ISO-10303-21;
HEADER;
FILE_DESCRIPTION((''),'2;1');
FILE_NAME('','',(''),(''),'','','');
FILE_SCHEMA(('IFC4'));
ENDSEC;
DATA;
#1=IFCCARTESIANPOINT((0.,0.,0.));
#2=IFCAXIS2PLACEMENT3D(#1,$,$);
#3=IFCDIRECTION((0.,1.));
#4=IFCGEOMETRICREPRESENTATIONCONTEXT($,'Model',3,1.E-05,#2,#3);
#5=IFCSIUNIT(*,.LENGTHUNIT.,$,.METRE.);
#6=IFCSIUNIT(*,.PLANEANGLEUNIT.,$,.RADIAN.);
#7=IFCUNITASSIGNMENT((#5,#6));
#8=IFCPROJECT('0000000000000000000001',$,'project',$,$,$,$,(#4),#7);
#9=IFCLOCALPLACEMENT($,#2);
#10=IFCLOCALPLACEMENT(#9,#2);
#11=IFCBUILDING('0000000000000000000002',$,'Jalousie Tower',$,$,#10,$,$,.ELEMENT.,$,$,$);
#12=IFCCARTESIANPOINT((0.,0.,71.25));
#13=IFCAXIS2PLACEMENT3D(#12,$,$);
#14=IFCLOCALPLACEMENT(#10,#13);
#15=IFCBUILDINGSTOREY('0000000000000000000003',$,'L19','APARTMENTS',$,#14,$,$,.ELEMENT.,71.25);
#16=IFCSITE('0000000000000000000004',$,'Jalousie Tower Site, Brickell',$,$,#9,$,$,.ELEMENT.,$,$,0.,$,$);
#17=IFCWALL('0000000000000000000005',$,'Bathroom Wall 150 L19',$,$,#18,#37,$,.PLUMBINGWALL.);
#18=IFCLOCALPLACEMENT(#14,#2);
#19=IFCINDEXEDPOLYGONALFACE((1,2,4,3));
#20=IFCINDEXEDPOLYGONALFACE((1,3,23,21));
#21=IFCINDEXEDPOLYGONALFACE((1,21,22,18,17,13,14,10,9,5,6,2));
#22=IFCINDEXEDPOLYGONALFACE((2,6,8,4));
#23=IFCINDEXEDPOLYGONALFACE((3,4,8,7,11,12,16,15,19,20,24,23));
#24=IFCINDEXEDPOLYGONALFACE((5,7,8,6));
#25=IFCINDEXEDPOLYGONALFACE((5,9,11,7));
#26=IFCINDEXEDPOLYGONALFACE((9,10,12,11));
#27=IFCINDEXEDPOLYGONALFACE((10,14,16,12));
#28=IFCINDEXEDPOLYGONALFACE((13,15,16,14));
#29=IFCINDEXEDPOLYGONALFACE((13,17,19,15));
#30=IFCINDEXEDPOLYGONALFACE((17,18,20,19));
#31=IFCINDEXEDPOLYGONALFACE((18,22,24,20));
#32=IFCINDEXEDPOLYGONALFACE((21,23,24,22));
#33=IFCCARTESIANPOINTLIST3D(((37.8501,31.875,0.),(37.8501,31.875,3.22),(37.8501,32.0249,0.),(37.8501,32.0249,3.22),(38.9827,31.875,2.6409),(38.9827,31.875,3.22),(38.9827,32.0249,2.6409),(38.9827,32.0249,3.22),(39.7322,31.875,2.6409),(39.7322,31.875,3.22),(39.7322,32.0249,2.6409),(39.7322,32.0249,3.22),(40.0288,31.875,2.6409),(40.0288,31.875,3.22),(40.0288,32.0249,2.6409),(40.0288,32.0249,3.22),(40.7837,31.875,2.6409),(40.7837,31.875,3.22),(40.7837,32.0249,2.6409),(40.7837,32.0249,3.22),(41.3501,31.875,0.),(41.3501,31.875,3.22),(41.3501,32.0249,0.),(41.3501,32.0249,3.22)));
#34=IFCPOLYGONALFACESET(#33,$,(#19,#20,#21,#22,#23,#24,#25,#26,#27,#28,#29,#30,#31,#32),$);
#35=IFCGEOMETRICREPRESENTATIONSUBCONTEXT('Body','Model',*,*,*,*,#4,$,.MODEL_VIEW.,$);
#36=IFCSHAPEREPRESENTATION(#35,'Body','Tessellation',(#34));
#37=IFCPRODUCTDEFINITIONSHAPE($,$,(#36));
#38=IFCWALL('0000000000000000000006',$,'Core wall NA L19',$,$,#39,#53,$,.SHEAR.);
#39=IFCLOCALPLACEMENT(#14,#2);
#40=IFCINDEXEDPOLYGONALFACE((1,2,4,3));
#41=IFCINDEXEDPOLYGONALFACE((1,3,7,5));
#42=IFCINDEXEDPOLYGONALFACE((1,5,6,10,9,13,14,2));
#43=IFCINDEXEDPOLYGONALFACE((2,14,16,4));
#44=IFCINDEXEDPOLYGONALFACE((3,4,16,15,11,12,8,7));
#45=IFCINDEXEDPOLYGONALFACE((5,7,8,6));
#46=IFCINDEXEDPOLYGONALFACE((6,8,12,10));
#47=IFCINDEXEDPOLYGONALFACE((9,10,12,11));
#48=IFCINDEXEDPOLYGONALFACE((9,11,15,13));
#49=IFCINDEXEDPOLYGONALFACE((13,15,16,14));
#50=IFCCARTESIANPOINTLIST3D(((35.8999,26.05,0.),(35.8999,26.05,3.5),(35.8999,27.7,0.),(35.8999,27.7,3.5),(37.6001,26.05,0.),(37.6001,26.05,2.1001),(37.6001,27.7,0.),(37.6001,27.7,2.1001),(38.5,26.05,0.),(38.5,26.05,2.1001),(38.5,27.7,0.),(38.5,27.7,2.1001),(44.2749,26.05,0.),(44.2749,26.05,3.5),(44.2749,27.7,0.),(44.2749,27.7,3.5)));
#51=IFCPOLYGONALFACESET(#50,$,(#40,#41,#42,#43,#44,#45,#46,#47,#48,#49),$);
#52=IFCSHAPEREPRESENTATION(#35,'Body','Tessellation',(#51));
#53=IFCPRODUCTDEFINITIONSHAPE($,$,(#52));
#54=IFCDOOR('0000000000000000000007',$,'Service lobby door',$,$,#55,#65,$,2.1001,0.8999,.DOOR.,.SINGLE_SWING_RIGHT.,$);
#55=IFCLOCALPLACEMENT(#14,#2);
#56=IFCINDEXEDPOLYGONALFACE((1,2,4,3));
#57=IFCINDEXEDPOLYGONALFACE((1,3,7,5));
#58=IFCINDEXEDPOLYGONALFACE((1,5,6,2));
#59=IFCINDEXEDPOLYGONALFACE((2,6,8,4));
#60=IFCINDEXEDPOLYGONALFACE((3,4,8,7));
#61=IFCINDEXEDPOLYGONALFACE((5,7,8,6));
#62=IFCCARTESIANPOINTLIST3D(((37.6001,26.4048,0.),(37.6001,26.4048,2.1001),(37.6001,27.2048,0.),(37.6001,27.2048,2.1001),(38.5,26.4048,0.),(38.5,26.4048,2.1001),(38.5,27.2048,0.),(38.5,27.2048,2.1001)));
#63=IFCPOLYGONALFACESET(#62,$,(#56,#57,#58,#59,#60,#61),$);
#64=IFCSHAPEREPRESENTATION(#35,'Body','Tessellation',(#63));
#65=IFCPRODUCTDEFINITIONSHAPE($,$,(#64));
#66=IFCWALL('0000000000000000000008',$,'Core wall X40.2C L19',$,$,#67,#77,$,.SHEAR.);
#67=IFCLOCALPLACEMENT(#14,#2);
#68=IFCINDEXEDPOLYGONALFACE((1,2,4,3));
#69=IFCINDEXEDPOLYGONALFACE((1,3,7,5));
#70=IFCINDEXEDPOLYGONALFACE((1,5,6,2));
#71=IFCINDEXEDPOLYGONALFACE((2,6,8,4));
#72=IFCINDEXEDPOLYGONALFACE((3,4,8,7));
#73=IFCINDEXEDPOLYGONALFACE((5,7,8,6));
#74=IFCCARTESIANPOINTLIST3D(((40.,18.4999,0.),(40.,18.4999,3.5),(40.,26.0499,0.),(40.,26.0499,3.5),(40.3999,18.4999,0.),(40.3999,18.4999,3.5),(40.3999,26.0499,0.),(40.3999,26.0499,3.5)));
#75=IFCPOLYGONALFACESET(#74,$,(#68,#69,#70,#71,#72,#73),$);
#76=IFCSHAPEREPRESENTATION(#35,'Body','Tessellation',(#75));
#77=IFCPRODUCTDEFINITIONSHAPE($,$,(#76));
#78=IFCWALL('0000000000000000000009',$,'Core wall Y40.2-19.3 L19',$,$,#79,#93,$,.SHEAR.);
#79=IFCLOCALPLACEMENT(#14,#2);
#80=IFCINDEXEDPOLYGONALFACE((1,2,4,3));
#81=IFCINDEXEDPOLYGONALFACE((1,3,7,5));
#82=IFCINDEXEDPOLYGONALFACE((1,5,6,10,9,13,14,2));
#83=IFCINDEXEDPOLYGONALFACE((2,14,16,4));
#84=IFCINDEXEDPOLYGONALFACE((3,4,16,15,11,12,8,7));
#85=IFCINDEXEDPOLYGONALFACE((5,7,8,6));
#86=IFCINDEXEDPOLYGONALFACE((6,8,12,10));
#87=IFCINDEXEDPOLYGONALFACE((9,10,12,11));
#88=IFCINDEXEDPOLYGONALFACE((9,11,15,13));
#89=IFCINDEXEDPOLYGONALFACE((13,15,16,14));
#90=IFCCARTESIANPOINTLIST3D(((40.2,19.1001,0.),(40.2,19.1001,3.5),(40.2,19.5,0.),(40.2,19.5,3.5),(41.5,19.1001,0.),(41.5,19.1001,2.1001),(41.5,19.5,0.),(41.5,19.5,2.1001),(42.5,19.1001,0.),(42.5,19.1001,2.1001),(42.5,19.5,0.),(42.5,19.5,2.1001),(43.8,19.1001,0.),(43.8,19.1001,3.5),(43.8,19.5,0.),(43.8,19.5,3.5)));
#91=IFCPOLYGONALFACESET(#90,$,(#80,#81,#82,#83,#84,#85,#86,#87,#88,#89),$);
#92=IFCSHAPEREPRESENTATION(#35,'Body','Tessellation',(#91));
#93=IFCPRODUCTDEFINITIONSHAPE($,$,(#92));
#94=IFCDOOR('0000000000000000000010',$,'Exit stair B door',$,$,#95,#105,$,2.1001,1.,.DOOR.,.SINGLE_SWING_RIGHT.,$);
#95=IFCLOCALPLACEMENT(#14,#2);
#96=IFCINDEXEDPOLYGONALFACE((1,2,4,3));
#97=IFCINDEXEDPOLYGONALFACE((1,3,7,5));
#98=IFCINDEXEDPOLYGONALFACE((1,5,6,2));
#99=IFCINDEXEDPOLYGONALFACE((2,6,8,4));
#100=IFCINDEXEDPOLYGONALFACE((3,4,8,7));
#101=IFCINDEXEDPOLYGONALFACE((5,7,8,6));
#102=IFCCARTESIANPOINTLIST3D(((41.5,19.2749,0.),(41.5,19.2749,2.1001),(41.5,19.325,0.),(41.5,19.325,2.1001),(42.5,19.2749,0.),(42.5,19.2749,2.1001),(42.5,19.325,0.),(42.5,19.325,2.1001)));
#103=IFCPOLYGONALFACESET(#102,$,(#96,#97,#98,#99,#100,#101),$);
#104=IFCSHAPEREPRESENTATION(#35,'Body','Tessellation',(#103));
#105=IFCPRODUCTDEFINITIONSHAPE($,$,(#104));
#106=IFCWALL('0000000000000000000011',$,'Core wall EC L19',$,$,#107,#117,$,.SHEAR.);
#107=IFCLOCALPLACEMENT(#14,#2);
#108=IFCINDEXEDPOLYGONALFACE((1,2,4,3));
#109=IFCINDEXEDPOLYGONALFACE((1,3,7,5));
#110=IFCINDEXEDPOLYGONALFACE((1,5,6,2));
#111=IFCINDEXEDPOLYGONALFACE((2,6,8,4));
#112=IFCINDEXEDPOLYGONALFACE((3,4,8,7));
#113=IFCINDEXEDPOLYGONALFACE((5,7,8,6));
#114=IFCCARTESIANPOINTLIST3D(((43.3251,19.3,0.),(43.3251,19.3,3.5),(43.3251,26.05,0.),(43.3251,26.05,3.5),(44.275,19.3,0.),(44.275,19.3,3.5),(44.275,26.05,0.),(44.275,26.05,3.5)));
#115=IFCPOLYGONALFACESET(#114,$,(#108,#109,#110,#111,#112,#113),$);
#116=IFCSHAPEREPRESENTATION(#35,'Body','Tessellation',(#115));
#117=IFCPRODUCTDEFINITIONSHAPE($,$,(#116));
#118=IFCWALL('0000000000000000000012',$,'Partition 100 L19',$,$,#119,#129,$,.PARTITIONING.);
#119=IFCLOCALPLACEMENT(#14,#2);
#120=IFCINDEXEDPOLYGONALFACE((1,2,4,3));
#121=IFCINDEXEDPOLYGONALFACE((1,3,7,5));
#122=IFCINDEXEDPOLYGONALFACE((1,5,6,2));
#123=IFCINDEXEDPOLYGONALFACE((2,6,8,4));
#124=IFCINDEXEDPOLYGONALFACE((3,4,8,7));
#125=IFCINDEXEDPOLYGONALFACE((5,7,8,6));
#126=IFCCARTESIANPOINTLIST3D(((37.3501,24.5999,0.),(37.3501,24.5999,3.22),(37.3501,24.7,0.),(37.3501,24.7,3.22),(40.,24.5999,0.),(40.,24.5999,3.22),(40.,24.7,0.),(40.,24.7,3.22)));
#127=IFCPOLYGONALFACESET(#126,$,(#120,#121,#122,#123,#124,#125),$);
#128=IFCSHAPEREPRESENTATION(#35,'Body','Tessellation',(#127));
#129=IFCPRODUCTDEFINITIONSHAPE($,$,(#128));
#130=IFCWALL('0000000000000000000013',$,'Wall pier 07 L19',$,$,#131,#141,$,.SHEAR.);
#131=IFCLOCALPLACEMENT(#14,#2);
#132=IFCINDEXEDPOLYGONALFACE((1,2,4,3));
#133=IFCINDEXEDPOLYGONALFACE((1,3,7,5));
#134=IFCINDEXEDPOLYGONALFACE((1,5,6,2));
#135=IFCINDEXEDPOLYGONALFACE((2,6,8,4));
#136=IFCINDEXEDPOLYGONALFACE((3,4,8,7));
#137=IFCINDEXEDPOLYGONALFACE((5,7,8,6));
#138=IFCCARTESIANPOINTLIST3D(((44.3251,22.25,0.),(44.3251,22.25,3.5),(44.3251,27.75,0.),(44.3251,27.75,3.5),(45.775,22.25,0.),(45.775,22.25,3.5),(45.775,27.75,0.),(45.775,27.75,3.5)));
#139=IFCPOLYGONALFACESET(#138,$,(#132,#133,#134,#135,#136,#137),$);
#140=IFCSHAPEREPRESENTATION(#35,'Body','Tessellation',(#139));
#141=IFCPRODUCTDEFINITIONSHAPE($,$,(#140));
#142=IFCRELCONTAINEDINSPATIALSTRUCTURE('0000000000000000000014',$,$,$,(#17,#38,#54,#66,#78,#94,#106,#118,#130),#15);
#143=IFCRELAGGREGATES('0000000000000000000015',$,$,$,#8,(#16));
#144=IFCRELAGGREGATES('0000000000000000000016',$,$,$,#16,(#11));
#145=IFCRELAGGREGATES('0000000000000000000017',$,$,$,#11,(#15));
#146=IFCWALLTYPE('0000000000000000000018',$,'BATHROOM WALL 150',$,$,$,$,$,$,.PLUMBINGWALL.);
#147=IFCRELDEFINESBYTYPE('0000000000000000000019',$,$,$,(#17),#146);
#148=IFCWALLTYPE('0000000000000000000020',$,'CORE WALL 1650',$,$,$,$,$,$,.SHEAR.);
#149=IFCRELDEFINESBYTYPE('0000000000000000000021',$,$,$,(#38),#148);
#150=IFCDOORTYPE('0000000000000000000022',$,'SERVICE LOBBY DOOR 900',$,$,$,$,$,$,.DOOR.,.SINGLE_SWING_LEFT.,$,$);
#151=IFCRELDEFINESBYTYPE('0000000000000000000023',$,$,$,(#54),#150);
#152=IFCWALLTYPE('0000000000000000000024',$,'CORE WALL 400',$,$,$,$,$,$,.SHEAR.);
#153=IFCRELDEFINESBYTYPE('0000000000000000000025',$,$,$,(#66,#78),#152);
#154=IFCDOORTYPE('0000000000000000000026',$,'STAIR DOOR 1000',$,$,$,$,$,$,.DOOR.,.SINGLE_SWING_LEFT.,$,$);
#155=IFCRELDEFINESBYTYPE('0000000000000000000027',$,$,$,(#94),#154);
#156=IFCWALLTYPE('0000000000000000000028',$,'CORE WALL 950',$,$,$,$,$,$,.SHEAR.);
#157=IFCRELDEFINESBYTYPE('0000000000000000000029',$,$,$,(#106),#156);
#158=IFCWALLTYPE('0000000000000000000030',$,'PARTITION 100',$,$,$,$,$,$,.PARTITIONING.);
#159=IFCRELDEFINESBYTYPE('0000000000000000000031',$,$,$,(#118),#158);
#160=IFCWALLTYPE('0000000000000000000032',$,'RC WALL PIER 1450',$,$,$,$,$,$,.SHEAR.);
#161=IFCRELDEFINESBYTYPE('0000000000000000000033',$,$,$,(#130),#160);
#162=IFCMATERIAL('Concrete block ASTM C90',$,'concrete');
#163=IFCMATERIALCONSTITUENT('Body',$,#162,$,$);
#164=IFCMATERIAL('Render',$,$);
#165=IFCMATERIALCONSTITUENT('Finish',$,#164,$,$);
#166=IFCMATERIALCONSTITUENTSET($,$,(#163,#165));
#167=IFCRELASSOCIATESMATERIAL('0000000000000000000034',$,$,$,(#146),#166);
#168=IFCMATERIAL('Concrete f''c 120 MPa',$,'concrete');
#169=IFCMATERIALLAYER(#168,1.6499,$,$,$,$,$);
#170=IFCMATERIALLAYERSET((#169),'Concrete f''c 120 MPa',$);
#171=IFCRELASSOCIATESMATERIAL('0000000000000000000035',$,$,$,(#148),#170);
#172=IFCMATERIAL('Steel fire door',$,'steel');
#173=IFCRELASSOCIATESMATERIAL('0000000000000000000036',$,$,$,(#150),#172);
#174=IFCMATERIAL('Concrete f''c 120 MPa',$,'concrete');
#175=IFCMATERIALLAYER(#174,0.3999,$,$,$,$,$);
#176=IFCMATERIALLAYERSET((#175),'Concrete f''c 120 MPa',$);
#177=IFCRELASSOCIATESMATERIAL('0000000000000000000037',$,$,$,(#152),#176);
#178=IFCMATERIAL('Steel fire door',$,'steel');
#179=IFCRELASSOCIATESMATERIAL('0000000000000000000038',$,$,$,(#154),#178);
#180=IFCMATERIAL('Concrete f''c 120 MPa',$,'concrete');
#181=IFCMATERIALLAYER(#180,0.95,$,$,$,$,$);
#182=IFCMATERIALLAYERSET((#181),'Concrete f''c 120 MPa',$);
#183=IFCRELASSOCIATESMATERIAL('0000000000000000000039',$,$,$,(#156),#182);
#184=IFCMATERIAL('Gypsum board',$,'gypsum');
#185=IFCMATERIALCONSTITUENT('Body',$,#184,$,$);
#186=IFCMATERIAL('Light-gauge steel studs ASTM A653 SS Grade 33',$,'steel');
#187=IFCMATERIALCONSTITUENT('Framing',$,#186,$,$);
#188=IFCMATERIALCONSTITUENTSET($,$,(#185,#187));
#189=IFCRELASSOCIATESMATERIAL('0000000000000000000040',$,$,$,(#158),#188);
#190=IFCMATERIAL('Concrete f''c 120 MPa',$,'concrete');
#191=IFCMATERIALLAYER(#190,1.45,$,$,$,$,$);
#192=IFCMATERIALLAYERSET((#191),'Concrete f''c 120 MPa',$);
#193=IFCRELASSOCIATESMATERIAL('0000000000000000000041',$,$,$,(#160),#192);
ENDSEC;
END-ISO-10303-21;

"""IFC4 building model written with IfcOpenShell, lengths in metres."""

from ifc_helpers import new_model, si_unit, direction, frame, frame_2d, origin, place, context, subcontext, project, spatial, polyline, rectangle, outline, extrude, material, layer, layer_set, constituent, constituent_set, type_object, element, fill, save


model = new_model("IFC4")

# Units and contexts
model_context = context("Model", 3, precision=1e-05, world=origin(), true_north=direction((0.0, 1.0)))
body_context = subcontext(model_context, "Body", "Model", "MODEL_VIEW")
ifc_project = project(units=[si_unit("LENGTHUNIT", "METRE"), si_unit("PLANEANGLEUNIT", "RADIAN")], contexts=[model_context])

# Site, building, storey
site_placement = place(None, origin())
site = spatial("IfcSite", under=ifc_project, at=site_placement, Name="Jalousie Tower Site, Brickell", CompositionType="ELEMENT", RefElevation=0.0)
building_placement = place(site_placement, origin())
building = spatial("IfcBuilding", under=site, at=building_placement, Name="Jalousie Tower", CompositionType="ELEMENT")
storey_placement = place(building_placement, frame((0.0, 0.0, 71.25)))
storey = spatial("IfcBuildingStorey", under=building, at=storey_placement, Name="L19", Description="APARTMENTS", CompositionType="ELEMENT", Elevation=71.25)

# Wall
ifc_material_1 = material(Name="Concrete block ASTM C90", Category="concrete")
ifc_constituent_1 = constituent(ifc_material_1, Name="Body")
ifc_material_2 = material(Name="Render")
ifc_constituent_2 = constituent(ifc_material_2, Name="Finish")
ifc_constituent_set_1 = constituent_set(constituents=[ifc_constituent_1, ifc_constituent_2])
wall_type_1 = type_object("IfcWallType", Name="BATHROOM WALL 150", PredefinedType="PLUMBINGWALL", material=ifc_constituent_set_1)
wall_1_placement = place(storey_placement, frame((37.8501, 31.95, 0.0), z_axis=(0.0, 0.0, 1.0), x_axis=(1.0, 0.0, 0.0)))
element("IfcWall", 1, at=wall_1_placement, inside=storey, type_object=wall_type_1, Name="Bathroom Wall 150 L19", PredefinedType="PLUMBINGWALL", context=body_context, shape_type="SweptSolid", body=[
    extrude(outline(polyline([(0.0, 0.0), (3.5, 0.0), (3.5, 3.22), (2.9336, 3.22), (2.9336, 2.6409), (2.1787, 2.6409), (2.1787, 3.22), (1.8821, 3.22), (1.8821, 2.6409), (1.1326, 2.6409), (1.1326, 3.22), (0.0, 3.22), (0.0, 0.0)])), frame((0.0, 0.075, 0.0), z_axis=(0.0, -1.0, 0.0), x_axis=(1.0, 0.0, 0.0)), (0.0, 0.0, 1.0), 0.1499),
])

# Wall, opening, door
ifc_material_3 = material(Name="Concrete f'c 120 MPa", Category="concrete")
ifc_layer_1 = layer(ifc_material_3, 1.6499)
ifc_layer_set_1 = layer_set([ifc_layer_1], Name="Concrete f'c 120 MPa")
wall_type_2 = type_object("IfcWallType", Name="CORE WALL 1650", PredefinedType="SHEAR", material=ifc_layer_set_1)
wall_2_placement = place(storey_placement, frame((44.2749, 26.875, 0.0), z_axis=(0.0, 0.0, 1.0), x_axis=(-1.0, 0.0, 0.0)))
wall_2 = element("IfcWall", 2, at=wall_2_placement, inside=storey, type_object=wall_type_2, Name="Core wall NA L19", PredefinedType="SHEAR", context=body_context, shape_type="SweptSolid", body=[
    extrude(rectangle(XDim=8.375, YDim=1.6499, at=frame_2d((4.1875, 0.0))), origin(), (0.0, 0.0, 1.0), 3.5),
])
opening_1_placement = place(wall_2_placement, frame((5.7749, 0.0, 0.0)))
opening_1 = element("IfcOpeningElement", 3, at=opening_1_placement, cuts=wall_2, PredefinedType="OPENING", context=body_context, shape_type="SweptSolid", body=[
    extrude(rectangle(XDim=0.8999, YDim=2.1001, at=frame_2d((0.45, 1.05))), frame((0.0, 0.835, 0.0), z_axis=(0.0, -1.0, 0.0), x_axis=(1.0, 0.0, 0.0)), (0.0, 0.0, 1.0), 1.6699),
])
ifc_material_4 = material(Name="Steel fire door", Category="steel")
door_type_1 = type_object("IfcDoorType", Name="SERVICE LOBBY DOOR 900", OperationType="SINGLE_SWING_LEFT", PredefinedType="DOOR", material=ifc_material_4)
door_1_placement = place(opening_1_placement, origin())
door_1 = element("IfcDoor", 4, at=door_1_placement, inside=storey, type_object=door_type_1, Name="Service lobby door", OperationType="SINGLE_SWING_RIGHT", OverallHeight=2.1001, OverallWidth=0.8999, PredefinedType="DOOR", context=body_context, shape_type="SweptSolid", body=[
    extrude(rectangle(XDim=0.8999, YDim=2.1001, at=frame_2d((0.45, 1.05))), frame((0.0, 0.4702, 0.0), z_axis=(0.0, -1.0, 0.0), x_axis=(1.0, 0.0, 0.0)), (0.0, 0.0, 1.0), 0.8),
])
fill(opening_1, door_1)

# Wall
ifc_material_5 = material(Name="Concrete f'c 120 MPa", Category="concrete")
ifc_layer_2 = layer(ifc_material_5, 0.3999)
ifc_layer_set_2 = layer_set([ifc_layer_2], Name="Concrete f'c 120 MPa")
wall_type_3 = type_object("IfcWallType", Name="CORE WALL 400", PredefinedType="SHEAR", material=ifc_layer_set_2)
wall_3_placement = place(storey_placement, frame((40.2, 18.5, 0.0), z_axis=(0.0, 0.0, 1.0), x_axis=(0.0, 1.0, 0.0)))
element("IfcWall", 5, at=wall_3_placement, inside=storey, type_object=wall_type_3, Name="Core wall X40.2C L19", PredefinedType="SHEAR", context=body_context, shape_type="SweptSolid", body=[
    extrude(rectangle(XDim=7.55, YDim=0.3999, at=frame_2d((3.7749, 0.0))), origin(), (0.0, 0.0, 1.0), 3.5),
])

# Wall, opening, door
wall_4_placement = place(storey_placement, frame((40.2, 19.3, 0.0), z_axis=(0.0, 0.0, 1.0), x_axis=(1.0, 0.0, 0.0)))
wall_4 = element("IfcWall", 6, at=wall_4_placement, inside=storey, type_object=wall_type_3, Name="Core wall Y40.2-19.3 L19", PredefinedType="SHEAR", context=body_context, shape_type="SweptSolid", body=[
    extrude(rectangle(XDim=3.6001, YDim=0.3999, at=frame_2d((1.8, 0.0))), origin(), (0.0, 0.0, 1.0), 3.5),
])
opening_2_placement = place(wall_4_placement, frame((1.3, 0.0, 0.0)))
opening_2 = element("IfcOpeningElement", 7, at=opening_2_placement, cuts=wall_4, PredefinedType="OPENING", context=body_context, shape_type="SweptSolid", body=[
    extrude(rectangle(XDim=1.0, YDim=2.1001, at=frame_2d((0.5, 1.05))), frame((0.0, 0.21, 0.0), z_axis=(0.0, -1.0, 0.0), x_axis=(1.0, 0.0, 0.0)), (0.0, 0.0, 1.0), 0.4199),
])
ifc_material_6 = material(Name="Steel fire door", Category="steel")
door_type_2 = type_object("IfcDoorType", Name="STAIR DOOR 1000", OperationType="SINGLE_SWING_LEFT", PredefinedType="DOOR", material=ifc_material_6)
door_2_placement = place(opening_2_placement, origin())
door_2 = element("IfcDoor", 8, at=door_2_placement, inside=storey, type_object=door_type_2, Name="Exit stair B door", OperationType="SINGLE_SWING_RIGHT", OverallHeight=2.1001, OverallWidth=1.0, PredefinedType="DOOR", context=body_context, shape_type="SweptSolid", body=[
    extrude(rectangle(XDim=1.0, YDim=2.1001, at=frame_2d((0.5, 1.05))), frame((0.0, 0.0249, 0.0), z_axis=(0.0, -1.0, 0.0), x_axis=(1.0, 0.0, 0.0)), (0.0, 0.0, 1.0), 0.05),
])
fill(opening_2, door_2)

# Walls
ifc_material_7 = material(Name="Concrete f'c 120 MPa", Category="concrete")
ifc_layer_3 = layer(ifc_material_7, 0.95)
ifc_layer_set_3 = layer_set([ifc_layer_3], Name="Concrete f'c 120 MPa")
wall_type_4 = type_object("IfcWallType", Name="CORE WALL 950", PredefinedType="SHEAR", material=ifc_layer_set_3)
wall_5_placement = place(storey_placement, frame((43.8, 19.3, 0.0), z_axis=(0.0, 0.0, 1.0), x_axis=(0.0, 1.0, 0.0)))
element("IfcWall", 9, at=wall_5_placement, inside=storey, type_object=wall_type_4, Name="Core wall EC L19", PredefinedType="SHEAR", context=body_context, shape_type="SweptSolid", body=[
    extrude(rectangle(XDim=6.75, YDim=0.95, at=frame_2d((3.375, 0.0))), origin(), (0.0, 0.0, 1.0), 3.5),
])
ifc_material_8 = material(Name="Gypsum board", Category="gypsum")
ifc_constituent_3 = constituent(ifc_material_8, Name="Body")
ifc_material_9 = material(Name="Light-gauge steel studs ASTM A653 SS Grade 33", Category="steel")
ifc_constituent_4 = constituent(ifc_material_9, Name="Framing")
ifc_constituent_set_2 = constituent_set(constituents=[ifc_constituent_3, ifc_constituent_4])
wall_type_5 = type_object("IfcWallType", Name="PARTITION 100", PredefinedType="PARTITIONING", material=ifc_constituent_set_2)
wall_6_placement = place(storey_placement, frame((37.3501, 24.6499, 0.0), z_axis=(0.0, 0.0, 1.0), x_axis=(1.0, 0.0, 0.0)))
element("IfcWall", 10, at=wall_6_placement, inside=storey, type_object=wall_type_5, Name="Partition 100 L19", PredefinedType="PARTITIONING", context=body_context, shape_type="SweptSolid", body=[
    extrude(rectangle(XDim=2.6499, YDim=0.1001, at=frame_2d((1.325, 0.0))), origin(), (0.0, 0.0, 1.0), 3.22),
])
ifc_material_10 = material(Name="Concrete f'c 120 MPa", Category="concrete")
ifc_layer_4 = layer(ifc_material_10, 1.45)
ifc_layer_set_4 = layer_set([ifc_layer_4], Name="Concrete f'c 120 MPa")
wall_type_6 = type_object("IfcWallType", Name="RC WALL PIER 1450", PredefinedType="SHEAR", material=ifc_layer_set_4)
wall_7_placement = place(storey_placement, frame((45.05, 22.25, 0.0), z_axis=(0.0, 0.0, 1.0), x_axis=(0.0, 1.0, 0.0)))
element("IfcWall", 11, at=wall_7_placement, inside=storey, type_object=wall_type_6, Name="Wall pier 07 L19", PredefinedType="SHEAR", context=body_context, shape_type="SweptSolid", body=[
    extrude(rectangle(XDim=5.5, YDim=1.45, at=frame_2d((2.75, 0.0))), origin(), (0.0, 0.0, 1.0), 3.5),
])

save(model, "model.ifc")
